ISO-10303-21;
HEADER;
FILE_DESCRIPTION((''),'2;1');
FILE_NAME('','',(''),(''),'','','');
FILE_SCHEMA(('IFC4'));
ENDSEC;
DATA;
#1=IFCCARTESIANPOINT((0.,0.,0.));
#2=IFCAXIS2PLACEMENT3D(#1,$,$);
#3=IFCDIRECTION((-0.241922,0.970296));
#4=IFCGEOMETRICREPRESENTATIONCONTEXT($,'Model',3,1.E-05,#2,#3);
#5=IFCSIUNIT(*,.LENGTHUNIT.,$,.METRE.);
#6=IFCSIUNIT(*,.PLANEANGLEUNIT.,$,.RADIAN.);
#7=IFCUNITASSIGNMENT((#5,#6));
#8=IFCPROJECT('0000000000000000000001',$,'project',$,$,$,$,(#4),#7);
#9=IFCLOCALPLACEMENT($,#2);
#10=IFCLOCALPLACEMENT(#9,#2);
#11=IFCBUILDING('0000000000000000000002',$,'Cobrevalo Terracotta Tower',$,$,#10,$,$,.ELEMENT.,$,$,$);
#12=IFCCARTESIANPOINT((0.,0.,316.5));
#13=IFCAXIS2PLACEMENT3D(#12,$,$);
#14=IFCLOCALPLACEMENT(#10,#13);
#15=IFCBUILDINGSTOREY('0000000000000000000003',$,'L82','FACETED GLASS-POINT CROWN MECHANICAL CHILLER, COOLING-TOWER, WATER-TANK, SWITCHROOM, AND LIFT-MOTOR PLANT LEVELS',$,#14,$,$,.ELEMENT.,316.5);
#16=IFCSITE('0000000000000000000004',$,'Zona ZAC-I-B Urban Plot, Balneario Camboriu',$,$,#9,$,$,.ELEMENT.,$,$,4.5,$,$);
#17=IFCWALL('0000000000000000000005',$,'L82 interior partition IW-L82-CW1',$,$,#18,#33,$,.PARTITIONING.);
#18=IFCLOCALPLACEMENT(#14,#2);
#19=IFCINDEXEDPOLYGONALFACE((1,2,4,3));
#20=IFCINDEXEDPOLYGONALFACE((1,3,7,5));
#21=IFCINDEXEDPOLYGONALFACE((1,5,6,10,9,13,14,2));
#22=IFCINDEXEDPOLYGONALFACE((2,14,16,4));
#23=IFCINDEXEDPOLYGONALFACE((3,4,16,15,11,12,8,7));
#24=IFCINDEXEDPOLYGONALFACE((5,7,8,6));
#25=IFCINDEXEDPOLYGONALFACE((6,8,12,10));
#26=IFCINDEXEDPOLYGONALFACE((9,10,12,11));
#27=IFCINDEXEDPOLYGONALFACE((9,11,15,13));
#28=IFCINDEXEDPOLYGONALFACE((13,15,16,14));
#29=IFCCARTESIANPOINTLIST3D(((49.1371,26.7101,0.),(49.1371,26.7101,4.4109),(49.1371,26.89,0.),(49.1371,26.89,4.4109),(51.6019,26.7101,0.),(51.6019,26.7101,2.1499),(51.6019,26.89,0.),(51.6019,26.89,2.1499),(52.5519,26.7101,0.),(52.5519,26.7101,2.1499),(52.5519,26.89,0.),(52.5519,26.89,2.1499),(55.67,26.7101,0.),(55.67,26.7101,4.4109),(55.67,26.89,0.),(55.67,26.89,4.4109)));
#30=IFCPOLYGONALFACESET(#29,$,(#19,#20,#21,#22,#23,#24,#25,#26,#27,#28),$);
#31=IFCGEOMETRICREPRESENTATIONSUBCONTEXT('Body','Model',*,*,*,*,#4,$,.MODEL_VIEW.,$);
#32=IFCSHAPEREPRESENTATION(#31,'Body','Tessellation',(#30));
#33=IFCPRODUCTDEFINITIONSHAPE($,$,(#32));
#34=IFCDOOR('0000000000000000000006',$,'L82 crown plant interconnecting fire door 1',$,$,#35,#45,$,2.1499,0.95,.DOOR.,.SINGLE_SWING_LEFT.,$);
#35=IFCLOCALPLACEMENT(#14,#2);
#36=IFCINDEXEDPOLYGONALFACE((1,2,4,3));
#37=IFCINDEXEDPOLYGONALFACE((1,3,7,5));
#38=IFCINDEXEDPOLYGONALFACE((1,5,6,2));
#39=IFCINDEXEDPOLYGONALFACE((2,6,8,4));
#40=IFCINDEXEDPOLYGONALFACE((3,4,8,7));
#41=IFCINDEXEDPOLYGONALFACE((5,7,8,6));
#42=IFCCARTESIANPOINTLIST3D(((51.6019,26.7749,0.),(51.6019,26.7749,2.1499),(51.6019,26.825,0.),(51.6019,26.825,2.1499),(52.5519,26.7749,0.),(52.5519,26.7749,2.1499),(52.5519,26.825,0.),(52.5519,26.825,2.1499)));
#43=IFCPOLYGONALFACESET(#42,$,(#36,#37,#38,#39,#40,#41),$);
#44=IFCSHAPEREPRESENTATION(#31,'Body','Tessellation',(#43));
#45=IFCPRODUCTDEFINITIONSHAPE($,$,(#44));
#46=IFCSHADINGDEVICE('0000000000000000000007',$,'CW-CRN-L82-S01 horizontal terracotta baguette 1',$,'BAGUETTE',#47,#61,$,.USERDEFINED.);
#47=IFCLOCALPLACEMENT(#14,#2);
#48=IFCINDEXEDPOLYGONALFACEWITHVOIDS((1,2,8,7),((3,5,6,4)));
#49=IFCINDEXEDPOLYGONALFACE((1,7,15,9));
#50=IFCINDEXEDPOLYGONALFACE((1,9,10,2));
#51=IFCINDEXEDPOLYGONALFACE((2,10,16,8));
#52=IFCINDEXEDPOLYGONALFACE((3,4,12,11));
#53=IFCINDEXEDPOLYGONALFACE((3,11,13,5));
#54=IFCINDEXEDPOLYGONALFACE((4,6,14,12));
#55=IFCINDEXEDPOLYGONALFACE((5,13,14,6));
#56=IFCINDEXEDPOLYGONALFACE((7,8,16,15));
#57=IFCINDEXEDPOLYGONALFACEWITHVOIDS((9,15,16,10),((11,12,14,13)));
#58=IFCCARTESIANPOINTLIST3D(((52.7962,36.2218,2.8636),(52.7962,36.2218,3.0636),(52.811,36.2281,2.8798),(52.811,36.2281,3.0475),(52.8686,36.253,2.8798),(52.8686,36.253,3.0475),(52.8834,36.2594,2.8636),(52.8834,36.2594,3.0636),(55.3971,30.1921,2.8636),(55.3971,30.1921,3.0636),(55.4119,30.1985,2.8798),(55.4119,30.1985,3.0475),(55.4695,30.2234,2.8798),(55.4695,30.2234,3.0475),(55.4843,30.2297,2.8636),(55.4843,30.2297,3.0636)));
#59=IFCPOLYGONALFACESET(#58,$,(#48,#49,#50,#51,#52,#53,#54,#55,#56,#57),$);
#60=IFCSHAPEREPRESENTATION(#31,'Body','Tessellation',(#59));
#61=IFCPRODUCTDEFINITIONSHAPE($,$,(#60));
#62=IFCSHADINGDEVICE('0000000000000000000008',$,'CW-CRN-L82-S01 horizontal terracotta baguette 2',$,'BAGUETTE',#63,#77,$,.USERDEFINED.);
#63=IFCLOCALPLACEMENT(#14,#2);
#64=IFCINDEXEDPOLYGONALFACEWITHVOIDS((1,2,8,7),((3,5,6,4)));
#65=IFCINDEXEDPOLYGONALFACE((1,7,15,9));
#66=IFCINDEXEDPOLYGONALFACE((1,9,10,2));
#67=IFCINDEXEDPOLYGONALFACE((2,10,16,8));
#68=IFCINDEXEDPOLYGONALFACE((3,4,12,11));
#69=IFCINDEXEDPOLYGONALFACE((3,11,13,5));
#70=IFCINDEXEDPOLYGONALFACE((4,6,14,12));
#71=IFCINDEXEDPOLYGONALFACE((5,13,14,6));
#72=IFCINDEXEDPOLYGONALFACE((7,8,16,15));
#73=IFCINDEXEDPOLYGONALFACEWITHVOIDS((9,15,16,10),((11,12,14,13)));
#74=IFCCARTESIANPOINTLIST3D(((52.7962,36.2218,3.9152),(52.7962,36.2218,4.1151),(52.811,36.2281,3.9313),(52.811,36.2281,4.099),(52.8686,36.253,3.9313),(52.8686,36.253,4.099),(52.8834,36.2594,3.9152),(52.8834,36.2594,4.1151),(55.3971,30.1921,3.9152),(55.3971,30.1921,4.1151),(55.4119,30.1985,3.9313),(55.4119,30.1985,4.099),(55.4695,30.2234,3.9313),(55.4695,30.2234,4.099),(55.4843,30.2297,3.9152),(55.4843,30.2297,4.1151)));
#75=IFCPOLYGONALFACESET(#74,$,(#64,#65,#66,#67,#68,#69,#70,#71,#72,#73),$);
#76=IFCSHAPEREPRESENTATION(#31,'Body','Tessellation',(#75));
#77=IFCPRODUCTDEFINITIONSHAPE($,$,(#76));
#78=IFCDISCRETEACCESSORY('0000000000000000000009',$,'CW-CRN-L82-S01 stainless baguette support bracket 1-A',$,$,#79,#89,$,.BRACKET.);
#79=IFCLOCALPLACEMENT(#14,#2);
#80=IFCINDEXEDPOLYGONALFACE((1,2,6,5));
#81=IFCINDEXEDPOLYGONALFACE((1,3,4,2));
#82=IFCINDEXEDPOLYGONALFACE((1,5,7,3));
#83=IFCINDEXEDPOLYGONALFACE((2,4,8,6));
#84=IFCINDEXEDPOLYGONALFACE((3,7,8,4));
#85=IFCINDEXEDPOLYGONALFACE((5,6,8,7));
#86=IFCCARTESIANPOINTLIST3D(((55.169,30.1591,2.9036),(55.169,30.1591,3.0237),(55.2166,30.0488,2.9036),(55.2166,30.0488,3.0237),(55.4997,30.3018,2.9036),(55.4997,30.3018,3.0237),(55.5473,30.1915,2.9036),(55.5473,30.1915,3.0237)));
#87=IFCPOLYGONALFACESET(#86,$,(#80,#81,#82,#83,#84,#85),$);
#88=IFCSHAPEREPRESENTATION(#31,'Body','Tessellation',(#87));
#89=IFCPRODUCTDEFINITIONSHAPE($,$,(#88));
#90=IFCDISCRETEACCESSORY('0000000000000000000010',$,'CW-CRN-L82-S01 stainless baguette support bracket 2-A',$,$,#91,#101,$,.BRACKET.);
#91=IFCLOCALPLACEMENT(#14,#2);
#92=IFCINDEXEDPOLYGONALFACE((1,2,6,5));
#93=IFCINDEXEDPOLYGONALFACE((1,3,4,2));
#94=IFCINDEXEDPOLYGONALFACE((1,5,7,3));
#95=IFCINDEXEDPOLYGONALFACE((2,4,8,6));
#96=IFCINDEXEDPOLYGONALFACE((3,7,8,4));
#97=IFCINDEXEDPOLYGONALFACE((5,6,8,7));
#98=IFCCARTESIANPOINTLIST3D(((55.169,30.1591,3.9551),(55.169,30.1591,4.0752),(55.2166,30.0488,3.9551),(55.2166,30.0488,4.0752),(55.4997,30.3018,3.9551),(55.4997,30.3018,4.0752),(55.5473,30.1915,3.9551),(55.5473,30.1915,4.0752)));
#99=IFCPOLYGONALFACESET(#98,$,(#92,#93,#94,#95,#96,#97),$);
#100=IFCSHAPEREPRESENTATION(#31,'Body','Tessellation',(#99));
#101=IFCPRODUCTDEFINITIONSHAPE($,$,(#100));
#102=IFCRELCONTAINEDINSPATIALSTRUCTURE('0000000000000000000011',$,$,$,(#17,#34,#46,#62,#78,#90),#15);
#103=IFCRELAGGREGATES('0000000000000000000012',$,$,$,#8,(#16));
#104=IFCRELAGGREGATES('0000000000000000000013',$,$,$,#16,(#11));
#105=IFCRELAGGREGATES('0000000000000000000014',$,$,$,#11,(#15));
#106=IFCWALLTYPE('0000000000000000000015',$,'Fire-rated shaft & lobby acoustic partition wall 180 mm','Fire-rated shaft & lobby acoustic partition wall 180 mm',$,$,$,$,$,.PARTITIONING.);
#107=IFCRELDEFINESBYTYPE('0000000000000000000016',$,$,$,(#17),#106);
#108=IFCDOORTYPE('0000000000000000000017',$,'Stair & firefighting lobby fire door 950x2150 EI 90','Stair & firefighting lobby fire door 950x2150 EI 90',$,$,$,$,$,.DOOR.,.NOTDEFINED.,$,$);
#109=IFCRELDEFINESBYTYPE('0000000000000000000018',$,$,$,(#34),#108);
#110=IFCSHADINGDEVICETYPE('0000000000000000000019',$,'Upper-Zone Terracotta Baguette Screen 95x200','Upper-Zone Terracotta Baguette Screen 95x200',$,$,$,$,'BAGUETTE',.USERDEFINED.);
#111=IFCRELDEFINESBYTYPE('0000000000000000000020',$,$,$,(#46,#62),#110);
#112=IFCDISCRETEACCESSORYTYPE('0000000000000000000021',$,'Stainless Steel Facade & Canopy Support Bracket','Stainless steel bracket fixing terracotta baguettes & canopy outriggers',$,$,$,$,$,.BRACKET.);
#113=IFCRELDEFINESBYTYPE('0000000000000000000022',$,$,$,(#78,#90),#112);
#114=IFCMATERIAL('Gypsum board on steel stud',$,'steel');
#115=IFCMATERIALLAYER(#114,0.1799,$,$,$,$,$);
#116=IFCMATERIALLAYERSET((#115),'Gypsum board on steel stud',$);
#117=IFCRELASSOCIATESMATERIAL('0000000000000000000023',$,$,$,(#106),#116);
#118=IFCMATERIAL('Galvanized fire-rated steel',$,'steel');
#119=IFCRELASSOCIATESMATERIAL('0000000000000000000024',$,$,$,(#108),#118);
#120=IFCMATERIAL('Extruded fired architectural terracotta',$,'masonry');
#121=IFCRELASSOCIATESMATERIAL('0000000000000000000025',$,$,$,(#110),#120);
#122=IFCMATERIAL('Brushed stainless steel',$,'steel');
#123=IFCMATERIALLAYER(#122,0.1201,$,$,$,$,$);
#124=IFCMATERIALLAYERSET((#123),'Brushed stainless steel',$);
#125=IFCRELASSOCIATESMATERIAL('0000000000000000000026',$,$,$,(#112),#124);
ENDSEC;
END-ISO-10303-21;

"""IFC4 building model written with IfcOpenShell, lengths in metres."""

from ifc_helpers import new_model, si_unit, direction, frame, frame_2d, origin, origin_2d, place, context, subcontext, project, spatial, rectangle, hollow_rectangle, extrude, source, transform, mapped, material, layer, layer_set, material_profile, profile_set, type_object, element, fill, save


model = new_model("IFC4")

# Units and contexts
model_context = context("Model", 3, precision=1e-05, world=origin(), true_north=direction((-0.241922, 0.970296)))
body_context = subcontext(model_context, "Body", "Model", "MODEL_VIEW")
ifc_project = project(units=[si_unit("LENGTHUNIT", "METRE"), si_unit("PLANEANGLEUNIT", "RADIAN")], contexts=[model_context])

# Site, building, storey
site_placement = place(None, origin())
site = spatial("IfcSite", under=ifc_project, at=site_placement, Name="Zona ZAC-I-B Urban Plot, Balneario Camboriu", CompositionType="ELEMENT", RefElevation=4.5)
building_placement = place(site_placement, origin())
building = spatial("IfcBuilding", under=site, at=building_placement, Name="Cobrevalo Terracotta Tower", CompositionType="ELEMENT")
storey_placement = place(building_placement, frame((0.0, 0.0, 316.5)))
storey = spatial("IfcBuildingStorey", under=building, at=storey_placement, Name="L82", Description="FACETED GLASS-POINT CROWN MECHANICAL CHILLER, COOLING-TOWER, WATER-TANK, SWITCHROOM, AND LIFT-MOTOR PLANT LEVELS", CompositionType="ELEMENT", Elevation=316.5)

# Wall, opening, door
ifc_material_1 = material(Name="Gypsum board on steel stud", Category="steel")
ifc_layer_1 = layer(ifc_material_1, 0.1799)
ifc_layer_set_1 = layer_set([ifc_layer_1], Name="Gypsum board on steel stud")
wall_type = type_object("IfcWallType", Name="Fire-rated shaft & lobby acoustic partition wall 180 mm", Description="Fire-rated shaft & lobby acoustic partition wall 180 mm", PredefinedType="PARTITIONING", material=ifc_layer_set_1)
wall_placement = place(storey_placement, frame((49.137, 26.8, 0.0), z_axis=(0.0, 0.0, 1.0), x_axis=(1.0, 0.0, 0.0)))
wall = element("IfcWall", 1, at=wall_placement, inside=storey, type_object=wall_type, Name="L82 interior partition IW-L82-CW1", PredefinedType="PARTITIONING", context=body_context, shape_type="SweptSolid", body=[
    extrude(rectangle(XDim=6.533, YDim=0.1799, at=frame_2d((3.2666, 0.0))), origin(), (0.0, 0.0, 1.0), 4.4109),
])
opening_placement = place(wall_placement, frame((2.4648, 0.0, 0.0)))
opening = element("IfcOpeningElement", 2, at=opening_placement, cuts=wall, PredefinedType="OPENING", context=body_context, shape_type="SweptSolid", body=[
    extrude(rectangle(XDim=0.95, YDim=2.1499, at=frame_2d((0.4751, 1.075))), frame((0.0, 0.1001, 0.0), z_axis=(0.0, -1.0, 0.0), x_axis=(1.0, 0.0, 0.0)), (0.0, 0.0, 1.0), 0.2),
])
ifc_material_2 = material(Name="Galvanized fire-rated steel", Category="steel")
door_type = type_object("IfcDoorType", Name="Stair & firefighting lobby fire door 950x2150 EI 90", Description="Stair & firefighting lobby fire door 950x2150 EI 90", OperationType="NOTDEFINED", PredefinedType="DOOR", material=ifc_material_2)
shared_shape_1 = source(origin(), body_context, "Body", "SweptSolid", [
    extrude(rectangle(XDim=0.95, YDim=2.1499, at=frame_2d((0.4751, 1.075))), frame((0.0, 0.0249, 0.0), z_axis=(0.0, -1.0, 0.0), x_axis=(1.0, 0.0, 0.0)), (0.0, 0.0, 1.0), 0.05),
])
door_placement = place(opening_placement, origin())
door = element("IfcDoor", 3, at=door_placement, inside=storey, type_object=door_type, Name="L82 crown plant interconnecting fire door 1", OperationType="SINGLE_SWING_LEFT", OverallHeight=2.1499, OverallWidth=0.95, PredefinedType="DOOR", context=body_context, shape_type="MappedRepresentation", body=[
    mapped(shared_shape_1, transform((0.0, 0.0, 0.0), scale=1.0)),
])
fill(opening, door)

# Shading devices
ifc_material_3 = material(Name="Extruded fired architectural terracotta", Category="masonry")
ifc_material_profile_1 = material_profile(ifc_material_3, hollow_rectangle(XDim=0.095, YDim=0.2, WallThickness=0.0161, at=origin_2d()), Name="BAGUETTE 95x200")
ifc_profile_set_1 = profile_set([ifc_material_profile_1], Name="Extruded fired architectural terracotta")
shading_device_type = type_object("IfcShadingDeviceType", Name="Upper-Zone Terracotta Baguette Screen 95x200", Description="Upper-Zone Terracotta Baguette Screen 95x200", ElementType="BAGUETTE", PredefinedType="USERDEFINED", material=ifc_profile_set_1)
shared_shape_2 = source(origin(), body_context, "Body", "SweptSolid", [
    extrude(hollow_rectangle(XDim=0.095, YDim=0.2, WallThickness=0.0161, at=origin_2d()), origin(), (0.0, 0.0, 1.0), 6.5667),
])
for number, where, z_axis, x_axis, name in (
    (4, (55.4407, 30.2109, 2.9636), (-0.396072, 0.918219, 0.0), (-0.918219, -0.396072, 0.0), "CW-CRN-L82-S01 horizontal terracotta baguette 1"),
    (5, (55.4407, 30.2109, 4.0151), (-0.396072, 0.918219, 0.0), (-0.918219, -0.396072, 0.0), "CW-CRN-L82-S01 horizontal terracotta baguette 2"),
):
    element("IfcShadingDevice", number, at=place(storey_placement, frame(where, z_axis=z_axis, x_axis=x_axis)), inside=storey, type_object=shading_device_type, Name=name, ObjectType="BAGUETTE", PredefinedType="USERDEFINED", context=body_context, shape_type="MappedRepresentation", body=[
        mapped(shared_shape_2, transform((0.0, 0.0, 0.0), scale=1.0)),
    ])

# Discrete accessories
ifc_material_4 = material(Name="Brushed stainless steel", Category="steel")
ifc_layer_2 = layer(ifc_material_4, 0.1201)
ifc_layer_set_2 = layer_set([ifc_layer_2], Name="Brushed stainless steel")
discrete_accessory_type = type_object("IfcDiscreteAccessoryType", Name="Stainless Steel Facade & Canopy Support Bracket", Description="Stainless steel bracket fixing terracotta baguettes & canopy outriggers", PredefinedType="BRACKET", material=ifc_layer_set_2)
shared_shape_3 = source(origin(), body_context, "Body", "SweptSolid", [
    extrude(rectangle(XDim=0.1201, YDim=0.3601, at=origin_2d()), origin(), (0.0, 0.0, 1.0), 0.1201),
])
for number, where, z_axis, x_axis, name in (
    (6, (55.3582, 30.1753, 2.9036), (0.0, 0.0, 1.0), (-0.396066, 0.918222, 0.0), "CW-CRN-L82-S01 stainless baguette support bracket 1-A"),
    (7, (55.3582, 30.1753, 3.9551), (0.0, 0.0, 1.0), (-0.396066, 0.918222, 0.0), "CW-CRN-L82-S01 stainless baguette support bracket 2-A"),
):
    element("IfcDiscreteAccessory", number, at=place(storey_placement, frame(where, z_axis=z_axis, x_axis=x_axis)), inside=storey, type_object=discrete_accessory_type, Name=name, PredefinedType="BRACKET", context=body_context, shape_type="MappedRepresentation", body=[
        mapped(shared_shape_3, transform((0.0, 0.0, 0.0), scale=1.0)),
    ])

save(model, "model.ifc")
